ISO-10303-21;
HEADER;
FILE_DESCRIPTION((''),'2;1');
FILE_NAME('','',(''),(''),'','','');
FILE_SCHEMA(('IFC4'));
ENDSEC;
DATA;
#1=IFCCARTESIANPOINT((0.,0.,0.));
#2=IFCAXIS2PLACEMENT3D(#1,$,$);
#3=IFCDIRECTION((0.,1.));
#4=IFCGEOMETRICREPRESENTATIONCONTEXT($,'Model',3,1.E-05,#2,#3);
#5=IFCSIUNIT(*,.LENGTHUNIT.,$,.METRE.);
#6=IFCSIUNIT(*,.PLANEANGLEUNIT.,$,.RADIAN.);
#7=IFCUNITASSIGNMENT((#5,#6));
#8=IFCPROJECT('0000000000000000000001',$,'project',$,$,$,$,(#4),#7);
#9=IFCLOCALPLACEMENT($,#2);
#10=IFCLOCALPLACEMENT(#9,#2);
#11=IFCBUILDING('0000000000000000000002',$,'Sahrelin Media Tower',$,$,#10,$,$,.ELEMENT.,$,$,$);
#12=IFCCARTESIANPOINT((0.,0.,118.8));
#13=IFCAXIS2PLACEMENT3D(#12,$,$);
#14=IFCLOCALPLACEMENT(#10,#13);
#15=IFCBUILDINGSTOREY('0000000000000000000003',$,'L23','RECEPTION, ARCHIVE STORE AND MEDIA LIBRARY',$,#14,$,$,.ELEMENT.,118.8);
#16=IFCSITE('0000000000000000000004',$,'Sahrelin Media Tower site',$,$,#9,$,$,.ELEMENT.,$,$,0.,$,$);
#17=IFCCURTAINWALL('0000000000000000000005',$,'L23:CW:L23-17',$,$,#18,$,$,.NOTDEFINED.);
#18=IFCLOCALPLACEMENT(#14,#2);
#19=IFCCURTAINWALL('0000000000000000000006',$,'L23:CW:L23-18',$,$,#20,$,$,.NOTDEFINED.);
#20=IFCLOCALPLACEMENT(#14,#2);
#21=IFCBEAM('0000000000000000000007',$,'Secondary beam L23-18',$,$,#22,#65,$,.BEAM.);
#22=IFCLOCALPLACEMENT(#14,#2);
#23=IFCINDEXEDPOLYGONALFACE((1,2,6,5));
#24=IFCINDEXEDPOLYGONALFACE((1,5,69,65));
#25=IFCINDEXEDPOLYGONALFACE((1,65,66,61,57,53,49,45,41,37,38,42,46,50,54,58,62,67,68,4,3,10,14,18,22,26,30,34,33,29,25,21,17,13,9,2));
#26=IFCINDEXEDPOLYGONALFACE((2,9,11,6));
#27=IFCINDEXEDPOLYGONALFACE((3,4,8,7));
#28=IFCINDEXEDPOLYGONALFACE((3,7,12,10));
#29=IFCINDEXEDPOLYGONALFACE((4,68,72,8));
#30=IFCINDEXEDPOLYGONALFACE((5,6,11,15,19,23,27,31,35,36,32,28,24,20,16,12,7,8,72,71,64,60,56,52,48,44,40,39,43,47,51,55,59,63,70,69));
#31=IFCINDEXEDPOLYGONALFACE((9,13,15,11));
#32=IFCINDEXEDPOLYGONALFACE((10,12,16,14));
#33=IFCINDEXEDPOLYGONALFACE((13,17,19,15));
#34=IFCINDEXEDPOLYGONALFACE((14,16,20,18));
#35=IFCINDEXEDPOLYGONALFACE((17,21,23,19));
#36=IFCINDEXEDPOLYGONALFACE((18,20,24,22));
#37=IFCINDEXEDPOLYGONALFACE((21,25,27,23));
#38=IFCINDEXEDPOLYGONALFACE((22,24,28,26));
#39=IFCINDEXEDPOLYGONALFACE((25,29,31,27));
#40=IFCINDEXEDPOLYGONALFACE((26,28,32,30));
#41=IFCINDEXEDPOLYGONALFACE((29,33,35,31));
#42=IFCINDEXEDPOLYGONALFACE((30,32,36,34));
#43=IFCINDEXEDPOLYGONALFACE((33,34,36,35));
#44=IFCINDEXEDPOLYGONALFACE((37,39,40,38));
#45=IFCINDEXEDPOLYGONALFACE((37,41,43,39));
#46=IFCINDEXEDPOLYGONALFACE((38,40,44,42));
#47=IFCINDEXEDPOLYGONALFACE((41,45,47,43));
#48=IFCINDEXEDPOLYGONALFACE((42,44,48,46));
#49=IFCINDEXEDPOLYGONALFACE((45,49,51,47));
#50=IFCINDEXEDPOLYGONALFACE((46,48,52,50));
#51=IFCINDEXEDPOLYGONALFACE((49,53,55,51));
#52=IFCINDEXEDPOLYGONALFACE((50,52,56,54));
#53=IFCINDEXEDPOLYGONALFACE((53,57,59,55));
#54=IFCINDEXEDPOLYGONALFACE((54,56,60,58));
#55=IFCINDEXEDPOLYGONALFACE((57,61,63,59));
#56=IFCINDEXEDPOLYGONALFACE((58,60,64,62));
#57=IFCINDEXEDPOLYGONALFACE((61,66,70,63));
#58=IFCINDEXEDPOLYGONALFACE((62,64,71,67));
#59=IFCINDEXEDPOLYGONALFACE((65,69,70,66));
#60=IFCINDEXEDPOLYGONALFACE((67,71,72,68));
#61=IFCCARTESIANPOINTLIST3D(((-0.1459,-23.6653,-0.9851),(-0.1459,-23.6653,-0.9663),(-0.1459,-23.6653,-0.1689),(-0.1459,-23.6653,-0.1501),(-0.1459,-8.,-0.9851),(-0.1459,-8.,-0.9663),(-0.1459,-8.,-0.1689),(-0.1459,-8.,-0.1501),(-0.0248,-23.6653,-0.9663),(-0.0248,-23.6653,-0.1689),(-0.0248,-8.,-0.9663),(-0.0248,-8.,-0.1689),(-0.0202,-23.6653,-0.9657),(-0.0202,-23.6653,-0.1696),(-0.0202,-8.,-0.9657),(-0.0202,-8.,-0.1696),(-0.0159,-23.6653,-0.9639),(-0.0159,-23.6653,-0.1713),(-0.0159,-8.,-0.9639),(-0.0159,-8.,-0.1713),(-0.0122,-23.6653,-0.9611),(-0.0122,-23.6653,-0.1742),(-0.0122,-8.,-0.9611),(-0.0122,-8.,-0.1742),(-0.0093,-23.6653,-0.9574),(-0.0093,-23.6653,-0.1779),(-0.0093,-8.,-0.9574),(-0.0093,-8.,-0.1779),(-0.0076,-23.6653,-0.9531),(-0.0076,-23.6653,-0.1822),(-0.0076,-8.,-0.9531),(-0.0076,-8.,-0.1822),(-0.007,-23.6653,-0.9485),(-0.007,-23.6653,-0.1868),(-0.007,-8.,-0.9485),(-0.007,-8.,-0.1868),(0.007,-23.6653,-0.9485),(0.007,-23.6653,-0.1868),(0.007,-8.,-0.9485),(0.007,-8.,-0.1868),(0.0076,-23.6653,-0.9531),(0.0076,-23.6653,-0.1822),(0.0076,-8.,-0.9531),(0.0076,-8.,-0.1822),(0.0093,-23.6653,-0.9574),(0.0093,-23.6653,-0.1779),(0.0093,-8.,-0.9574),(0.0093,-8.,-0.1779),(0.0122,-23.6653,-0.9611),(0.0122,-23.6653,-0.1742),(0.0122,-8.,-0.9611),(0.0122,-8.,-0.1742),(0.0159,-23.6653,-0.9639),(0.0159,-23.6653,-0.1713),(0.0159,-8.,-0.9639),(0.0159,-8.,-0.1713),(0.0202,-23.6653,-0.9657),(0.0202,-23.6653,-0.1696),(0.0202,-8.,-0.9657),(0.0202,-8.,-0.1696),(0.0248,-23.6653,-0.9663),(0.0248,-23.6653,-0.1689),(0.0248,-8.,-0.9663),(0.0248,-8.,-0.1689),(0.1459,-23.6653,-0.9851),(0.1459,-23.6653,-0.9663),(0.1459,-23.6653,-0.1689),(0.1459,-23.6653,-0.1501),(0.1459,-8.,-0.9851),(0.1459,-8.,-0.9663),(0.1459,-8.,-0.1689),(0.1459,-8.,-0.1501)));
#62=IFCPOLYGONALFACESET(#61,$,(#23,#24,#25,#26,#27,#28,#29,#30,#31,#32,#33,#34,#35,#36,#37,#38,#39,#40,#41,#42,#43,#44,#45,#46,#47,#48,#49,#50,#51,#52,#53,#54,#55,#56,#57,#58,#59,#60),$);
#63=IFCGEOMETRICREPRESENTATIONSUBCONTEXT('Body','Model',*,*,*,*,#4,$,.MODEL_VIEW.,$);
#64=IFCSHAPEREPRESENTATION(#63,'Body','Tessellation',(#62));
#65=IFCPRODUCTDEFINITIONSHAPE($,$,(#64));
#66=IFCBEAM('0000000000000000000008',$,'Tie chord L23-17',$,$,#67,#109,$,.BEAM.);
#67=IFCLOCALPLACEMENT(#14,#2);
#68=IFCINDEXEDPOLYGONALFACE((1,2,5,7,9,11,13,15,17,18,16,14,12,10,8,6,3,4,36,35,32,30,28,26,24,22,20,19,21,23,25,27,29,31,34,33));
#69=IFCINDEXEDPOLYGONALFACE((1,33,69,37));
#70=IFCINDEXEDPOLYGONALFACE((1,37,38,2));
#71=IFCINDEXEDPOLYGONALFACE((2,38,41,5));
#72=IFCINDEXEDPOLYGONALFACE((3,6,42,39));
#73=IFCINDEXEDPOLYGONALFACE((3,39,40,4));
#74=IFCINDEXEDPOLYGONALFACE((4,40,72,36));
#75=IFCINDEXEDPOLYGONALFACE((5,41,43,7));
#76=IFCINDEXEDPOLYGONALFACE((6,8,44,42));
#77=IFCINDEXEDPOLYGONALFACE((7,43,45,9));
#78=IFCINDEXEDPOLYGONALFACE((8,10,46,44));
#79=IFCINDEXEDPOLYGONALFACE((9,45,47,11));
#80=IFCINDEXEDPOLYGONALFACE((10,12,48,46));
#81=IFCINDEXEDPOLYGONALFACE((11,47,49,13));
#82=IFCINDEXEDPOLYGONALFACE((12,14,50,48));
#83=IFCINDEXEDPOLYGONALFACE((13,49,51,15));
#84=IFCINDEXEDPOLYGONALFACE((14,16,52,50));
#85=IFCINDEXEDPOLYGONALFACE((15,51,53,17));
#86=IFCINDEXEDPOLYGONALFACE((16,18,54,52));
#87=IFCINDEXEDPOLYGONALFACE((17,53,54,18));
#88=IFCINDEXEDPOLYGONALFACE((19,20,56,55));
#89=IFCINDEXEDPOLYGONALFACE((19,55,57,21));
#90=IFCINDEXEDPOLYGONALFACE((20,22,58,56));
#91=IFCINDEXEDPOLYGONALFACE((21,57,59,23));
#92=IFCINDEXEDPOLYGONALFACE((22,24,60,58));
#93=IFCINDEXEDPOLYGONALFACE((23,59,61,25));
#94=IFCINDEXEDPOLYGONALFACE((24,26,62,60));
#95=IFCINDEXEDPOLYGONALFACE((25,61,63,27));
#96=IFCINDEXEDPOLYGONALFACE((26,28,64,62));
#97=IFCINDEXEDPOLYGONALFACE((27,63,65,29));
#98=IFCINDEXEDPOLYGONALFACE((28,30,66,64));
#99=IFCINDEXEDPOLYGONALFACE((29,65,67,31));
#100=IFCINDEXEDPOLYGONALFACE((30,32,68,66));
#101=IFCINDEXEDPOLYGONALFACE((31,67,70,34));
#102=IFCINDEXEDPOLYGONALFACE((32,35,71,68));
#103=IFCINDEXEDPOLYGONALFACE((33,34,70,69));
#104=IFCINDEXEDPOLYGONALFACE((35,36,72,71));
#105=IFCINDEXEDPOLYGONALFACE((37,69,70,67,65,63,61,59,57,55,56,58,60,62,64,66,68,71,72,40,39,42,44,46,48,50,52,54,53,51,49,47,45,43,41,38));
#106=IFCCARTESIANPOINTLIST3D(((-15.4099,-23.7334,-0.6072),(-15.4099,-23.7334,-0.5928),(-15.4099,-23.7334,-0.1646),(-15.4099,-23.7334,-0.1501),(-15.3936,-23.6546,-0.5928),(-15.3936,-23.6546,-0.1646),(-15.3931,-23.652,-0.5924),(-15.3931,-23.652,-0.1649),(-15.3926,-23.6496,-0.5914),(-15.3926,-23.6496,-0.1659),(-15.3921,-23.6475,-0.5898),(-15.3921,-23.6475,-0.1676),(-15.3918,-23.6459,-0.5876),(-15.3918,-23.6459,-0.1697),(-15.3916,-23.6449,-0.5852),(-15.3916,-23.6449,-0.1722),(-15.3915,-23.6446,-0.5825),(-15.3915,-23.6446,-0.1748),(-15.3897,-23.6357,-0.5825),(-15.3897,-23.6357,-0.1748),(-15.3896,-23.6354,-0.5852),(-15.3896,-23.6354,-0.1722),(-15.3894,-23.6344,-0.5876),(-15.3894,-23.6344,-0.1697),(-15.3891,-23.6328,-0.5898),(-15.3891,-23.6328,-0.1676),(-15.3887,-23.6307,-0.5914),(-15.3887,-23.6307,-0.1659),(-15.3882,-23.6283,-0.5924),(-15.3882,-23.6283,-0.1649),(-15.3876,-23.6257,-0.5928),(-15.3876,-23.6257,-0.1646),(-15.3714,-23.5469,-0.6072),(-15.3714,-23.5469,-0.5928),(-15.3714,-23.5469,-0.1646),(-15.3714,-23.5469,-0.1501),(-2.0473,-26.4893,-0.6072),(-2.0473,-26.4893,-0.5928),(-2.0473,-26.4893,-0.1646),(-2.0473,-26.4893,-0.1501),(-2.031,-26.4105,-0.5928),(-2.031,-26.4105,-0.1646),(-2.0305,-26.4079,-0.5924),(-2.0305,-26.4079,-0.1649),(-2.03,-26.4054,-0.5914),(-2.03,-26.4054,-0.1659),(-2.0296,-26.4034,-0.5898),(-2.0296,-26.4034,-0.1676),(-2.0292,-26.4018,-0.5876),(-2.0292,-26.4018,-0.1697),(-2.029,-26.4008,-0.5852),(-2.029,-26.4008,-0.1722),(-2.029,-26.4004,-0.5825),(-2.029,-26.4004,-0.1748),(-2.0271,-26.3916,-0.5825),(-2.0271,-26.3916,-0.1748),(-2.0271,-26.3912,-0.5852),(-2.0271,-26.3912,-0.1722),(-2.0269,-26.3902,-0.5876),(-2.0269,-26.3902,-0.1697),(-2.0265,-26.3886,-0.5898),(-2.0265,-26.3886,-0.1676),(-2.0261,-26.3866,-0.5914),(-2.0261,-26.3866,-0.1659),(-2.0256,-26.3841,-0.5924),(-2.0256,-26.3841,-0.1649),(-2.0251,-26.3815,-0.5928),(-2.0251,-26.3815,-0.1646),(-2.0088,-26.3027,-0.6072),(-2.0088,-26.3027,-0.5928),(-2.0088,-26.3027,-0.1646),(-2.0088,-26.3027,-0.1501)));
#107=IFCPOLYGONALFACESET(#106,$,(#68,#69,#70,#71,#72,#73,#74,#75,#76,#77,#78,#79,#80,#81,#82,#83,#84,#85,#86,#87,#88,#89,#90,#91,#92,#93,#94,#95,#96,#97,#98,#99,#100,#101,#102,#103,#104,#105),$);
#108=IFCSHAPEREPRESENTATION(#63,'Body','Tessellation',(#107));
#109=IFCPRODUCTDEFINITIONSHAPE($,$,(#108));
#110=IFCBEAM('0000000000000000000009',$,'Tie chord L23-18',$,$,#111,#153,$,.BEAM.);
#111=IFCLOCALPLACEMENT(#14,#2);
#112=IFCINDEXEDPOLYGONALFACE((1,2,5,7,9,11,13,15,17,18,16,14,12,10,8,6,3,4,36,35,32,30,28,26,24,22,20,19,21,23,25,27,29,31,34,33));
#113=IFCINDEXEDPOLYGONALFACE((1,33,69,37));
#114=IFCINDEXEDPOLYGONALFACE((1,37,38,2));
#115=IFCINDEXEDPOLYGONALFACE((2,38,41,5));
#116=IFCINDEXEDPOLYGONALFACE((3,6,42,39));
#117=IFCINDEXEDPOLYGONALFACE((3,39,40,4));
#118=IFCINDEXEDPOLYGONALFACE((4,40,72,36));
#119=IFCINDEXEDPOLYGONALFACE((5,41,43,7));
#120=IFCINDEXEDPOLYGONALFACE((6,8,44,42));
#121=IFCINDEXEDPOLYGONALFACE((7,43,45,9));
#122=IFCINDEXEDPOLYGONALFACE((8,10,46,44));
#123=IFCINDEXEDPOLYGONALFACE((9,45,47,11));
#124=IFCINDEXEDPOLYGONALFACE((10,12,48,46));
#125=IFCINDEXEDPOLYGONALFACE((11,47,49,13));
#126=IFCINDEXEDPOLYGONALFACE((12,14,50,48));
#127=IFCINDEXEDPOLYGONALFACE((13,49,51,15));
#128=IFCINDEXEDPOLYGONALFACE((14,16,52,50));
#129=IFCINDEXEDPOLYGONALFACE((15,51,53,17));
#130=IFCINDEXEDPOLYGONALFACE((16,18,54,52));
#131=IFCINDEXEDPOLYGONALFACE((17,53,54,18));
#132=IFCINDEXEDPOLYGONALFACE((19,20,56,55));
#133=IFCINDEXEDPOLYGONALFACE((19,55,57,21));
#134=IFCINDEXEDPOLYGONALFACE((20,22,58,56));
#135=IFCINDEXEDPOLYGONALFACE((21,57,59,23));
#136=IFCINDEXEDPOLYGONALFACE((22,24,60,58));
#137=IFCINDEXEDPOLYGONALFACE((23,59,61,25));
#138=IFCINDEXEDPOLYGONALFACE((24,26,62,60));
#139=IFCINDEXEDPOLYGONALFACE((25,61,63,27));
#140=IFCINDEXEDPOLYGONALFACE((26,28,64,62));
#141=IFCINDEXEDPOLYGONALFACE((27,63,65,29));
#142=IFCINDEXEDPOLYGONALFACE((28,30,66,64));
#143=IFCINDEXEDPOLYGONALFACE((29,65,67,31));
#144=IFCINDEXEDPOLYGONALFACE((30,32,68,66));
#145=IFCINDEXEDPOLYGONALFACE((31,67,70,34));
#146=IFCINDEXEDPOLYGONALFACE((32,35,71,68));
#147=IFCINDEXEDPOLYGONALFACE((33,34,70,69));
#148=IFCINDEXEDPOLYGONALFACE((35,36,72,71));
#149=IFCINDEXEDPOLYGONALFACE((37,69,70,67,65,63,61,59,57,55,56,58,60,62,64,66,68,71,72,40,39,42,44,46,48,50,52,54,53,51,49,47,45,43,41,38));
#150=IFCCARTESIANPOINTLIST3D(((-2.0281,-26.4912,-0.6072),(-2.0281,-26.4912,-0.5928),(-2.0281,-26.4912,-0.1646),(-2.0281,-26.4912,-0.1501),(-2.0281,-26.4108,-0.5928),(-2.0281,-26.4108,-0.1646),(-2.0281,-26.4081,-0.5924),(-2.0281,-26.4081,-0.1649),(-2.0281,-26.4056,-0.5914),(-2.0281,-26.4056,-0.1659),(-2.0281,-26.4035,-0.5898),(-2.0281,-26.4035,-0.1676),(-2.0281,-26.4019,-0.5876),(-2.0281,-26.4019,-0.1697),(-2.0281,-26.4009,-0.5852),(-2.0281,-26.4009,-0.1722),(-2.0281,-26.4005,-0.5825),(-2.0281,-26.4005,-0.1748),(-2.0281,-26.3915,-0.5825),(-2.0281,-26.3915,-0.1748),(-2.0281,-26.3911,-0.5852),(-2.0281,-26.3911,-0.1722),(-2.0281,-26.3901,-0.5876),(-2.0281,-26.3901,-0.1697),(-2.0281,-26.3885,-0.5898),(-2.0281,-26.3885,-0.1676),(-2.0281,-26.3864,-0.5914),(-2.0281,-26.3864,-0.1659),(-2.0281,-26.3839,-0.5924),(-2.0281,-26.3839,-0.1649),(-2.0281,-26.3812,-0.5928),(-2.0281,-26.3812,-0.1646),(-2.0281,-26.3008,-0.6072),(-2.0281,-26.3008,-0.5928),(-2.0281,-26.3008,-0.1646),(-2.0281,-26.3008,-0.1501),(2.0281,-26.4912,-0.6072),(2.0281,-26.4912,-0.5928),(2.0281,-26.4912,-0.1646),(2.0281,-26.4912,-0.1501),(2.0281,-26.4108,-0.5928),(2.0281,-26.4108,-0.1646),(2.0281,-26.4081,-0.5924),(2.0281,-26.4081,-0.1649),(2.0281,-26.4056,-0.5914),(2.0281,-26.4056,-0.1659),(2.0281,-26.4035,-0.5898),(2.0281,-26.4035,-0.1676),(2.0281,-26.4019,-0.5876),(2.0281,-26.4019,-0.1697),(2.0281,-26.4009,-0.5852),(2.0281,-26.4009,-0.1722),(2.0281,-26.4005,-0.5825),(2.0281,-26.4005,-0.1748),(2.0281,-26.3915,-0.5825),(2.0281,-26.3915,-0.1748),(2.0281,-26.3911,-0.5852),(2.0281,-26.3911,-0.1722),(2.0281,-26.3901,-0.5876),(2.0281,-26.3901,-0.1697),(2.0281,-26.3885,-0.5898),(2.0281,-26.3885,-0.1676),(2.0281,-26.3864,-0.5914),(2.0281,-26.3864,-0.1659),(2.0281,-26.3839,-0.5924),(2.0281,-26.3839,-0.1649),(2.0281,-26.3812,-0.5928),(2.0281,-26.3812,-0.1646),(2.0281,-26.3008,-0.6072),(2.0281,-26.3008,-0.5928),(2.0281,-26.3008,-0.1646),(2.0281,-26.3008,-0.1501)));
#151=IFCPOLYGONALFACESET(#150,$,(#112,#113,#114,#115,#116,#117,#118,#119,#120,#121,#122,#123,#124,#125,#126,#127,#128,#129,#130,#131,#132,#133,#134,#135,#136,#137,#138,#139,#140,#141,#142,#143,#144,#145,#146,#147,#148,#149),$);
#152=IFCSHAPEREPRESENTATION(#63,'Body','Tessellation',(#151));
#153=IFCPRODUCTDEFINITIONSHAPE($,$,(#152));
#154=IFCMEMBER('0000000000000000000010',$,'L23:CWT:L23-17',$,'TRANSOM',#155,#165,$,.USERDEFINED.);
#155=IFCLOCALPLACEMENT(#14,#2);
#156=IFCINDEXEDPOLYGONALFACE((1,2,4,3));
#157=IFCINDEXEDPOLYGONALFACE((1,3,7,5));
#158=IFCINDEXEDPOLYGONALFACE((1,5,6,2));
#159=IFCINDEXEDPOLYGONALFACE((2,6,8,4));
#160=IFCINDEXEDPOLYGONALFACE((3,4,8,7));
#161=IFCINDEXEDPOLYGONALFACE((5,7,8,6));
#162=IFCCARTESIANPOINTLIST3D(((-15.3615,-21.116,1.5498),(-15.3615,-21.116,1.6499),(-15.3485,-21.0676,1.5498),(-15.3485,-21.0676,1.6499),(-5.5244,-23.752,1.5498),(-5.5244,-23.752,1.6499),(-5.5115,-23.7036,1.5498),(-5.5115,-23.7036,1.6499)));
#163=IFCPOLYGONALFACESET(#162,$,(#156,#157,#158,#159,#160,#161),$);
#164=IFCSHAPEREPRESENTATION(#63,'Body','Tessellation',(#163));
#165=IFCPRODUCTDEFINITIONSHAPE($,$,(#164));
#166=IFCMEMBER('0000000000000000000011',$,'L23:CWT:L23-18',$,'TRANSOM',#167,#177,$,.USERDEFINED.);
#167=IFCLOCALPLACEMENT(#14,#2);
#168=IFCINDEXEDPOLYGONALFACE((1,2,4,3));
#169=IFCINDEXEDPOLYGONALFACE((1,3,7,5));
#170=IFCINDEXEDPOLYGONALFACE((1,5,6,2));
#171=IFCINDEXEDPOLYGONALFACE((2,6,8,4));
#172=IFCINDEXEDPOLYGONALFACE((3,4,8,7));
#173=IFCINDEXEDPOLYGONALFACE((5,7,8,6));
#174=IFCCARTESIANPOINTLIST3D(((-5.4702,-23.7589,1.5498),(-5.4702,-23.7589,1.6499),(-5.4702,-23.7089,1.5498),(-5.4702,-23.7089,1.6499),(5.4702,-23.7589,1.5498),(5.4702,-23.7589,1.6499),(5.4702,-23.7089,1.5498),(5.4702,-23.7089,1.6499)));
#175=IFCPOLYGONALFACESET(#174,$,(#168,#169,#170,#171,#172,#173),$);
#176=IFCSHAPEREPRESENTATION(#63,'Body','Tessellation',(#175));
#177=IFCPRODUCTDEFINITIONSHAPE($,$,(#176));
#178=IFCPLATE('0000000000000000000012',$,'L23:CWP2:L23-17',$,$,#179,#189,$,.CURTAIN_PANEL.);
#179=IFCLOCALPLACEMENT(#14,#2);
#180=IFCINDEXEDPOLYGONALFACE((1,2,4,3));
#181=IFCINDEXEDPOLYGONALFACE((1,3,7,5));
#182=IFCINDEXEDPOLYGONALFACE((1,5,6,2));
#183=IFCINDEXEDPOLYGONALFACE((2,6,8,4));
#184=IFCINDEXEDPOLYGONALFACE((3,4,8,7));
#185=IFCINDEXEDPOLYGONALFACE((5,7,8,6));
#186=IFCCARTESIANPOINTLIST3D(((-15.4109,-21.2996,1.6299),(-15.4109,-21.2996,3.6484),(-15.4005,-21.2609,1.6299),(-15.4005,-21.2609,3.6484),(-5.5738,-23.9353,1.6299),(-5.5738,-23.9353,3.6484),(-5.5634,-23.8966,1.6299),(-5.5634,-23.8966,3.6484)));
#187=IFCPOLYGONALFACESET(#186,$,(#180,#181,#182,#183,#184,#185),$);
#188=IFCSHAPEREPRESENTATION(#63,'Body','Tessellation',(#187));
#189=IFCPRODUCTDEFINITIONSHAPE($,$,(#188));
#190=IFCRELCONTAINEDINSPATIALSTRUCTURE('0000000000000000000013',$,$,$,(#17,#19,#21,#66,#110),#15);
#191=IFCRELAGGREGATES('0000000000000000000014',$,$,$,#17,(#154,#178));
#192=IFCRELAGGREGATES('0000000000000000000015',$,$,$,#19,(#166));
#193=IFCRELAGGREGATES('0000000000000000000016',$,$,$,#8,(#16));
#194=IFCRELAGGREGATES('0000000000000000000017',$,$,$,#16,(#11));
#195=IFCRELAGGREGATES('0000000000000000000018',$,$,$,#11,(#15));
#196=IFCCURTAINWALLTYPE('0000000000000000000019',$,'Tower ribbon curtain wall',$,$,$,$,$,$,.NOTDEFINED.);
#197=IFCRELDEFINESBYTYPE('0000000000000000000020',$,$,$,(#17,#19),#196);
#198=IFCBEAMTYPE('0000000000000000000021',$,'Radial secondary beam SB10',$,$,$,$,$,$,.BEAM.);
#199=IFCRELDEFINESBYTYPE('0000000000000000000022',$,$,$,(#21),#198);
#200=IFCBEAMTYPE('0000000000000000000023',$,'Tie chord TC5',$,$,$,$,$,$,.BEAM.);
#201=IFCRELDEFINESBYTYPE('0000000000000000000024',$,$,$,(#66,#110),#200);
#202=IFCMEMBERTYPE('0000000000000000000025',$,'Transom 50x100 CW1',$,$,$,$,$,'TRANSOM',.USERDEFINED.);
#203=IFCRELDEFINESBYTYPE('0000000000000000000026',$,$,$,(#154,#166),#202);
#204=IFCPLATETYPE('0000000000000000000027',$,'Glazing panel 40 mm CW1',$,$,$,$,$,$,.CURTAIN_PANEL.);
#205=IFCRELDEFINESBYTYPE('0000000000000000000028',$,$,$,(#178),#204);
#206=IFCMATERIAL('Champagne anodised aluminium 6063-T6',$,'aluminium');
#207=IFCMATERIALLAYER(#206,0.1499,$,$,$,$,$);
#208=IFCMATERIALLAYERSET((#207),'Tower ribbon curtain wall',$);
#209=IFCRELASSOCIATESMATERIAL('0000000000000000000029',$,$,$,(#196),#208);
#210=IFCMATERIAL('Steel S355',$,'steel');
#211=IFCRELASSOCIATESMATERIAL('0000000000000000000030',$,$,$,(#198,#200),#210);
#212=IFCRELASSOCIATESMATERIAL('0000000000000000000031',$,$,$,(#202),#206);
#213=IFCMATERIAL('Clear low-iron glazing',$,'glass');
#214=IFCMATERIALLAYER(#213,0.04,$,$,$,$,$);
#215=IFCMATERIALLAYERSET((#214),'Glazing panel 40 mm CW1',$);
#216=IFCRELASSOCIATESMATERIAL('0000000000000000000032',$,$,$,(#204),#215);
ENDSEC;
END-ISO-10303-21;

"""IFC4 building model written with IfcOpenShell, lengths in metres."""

from ifc_helpers import new_model, si_unit, direction, frame, origin, origin_2d, place, context, subcontext, project, spatial, polyline, rectangle, i_section, outline, extrude, material, layer, layer_set, material_profile, profile_set, type_object, element, aggregate, save


model = new_model("IFC4")

# Units and contexts
model_context = context("Model", 3, precision=1e-05, world=origin(), true_north=direction((0.0, 1.0)))
body_context = subcontext(model_context, "Body", "Model", "MODEL_VIEW")
ifc_project = project(units=[si_unit("LENGTHUNIT", "METRE"), si_unit("PLANEANGLEUNIT", "RADIAN")], contexts=[model_context])

# Site, building, storey
site_placement = place(None, origin())
site = spatial("IfcSite", under=ifc_project, at=site_placement, Name="Sahrelin Media Tower site", CompositionType="ELEMENT", RefElevation=0.0)
building_placement = place(site_placement, origin())
building = spatial("IfcBuilding", under=site, at=building_placement, Name="Sahrelin Media Tower", CompositionType="ELEMENT")
storey_placement = place(building_placement, frame((0.0, 0.0, 118.8)))
storey = spatial("IfcBuildingStorey", under=building, at=storey_placement, Name="L23", Description="RECEPTION, ARCHIVE STORE AND MEDIA LIBRARY", CompositionType="ELEMENT", Elevation=118.8)

# Shared definitions
ifc_material_1 = material(Name="Steel S355", Category="steel")

# Curtain walls
ifc_material_2 = material(Name="Champagne anodised aluminium 6063-T6", Category="aluminium")
ifc_layer_1 = layer(ifc_material_2, 0.1499)
ifc_layer_set_1 = layer_set([ifc_layer_1], Name="Tower ribbon curtain wall")
curtain_wall_type = type_object("IfcCurtainWallType", Name="Tower ribbon curtain wall", PredefinedType="NOTDEFINED", material=ifc_layer_set_1)
curtain_wall_1_placement = place(storey_placement, frame((-10.4871, -22.5981, 0.0), z_axis=(0.0, 0.0, 1.0), x_axis=(1.0, 0.0, 0.0)))
curtain_wall_1 = element("IfcCurtainWall", 1, at=curtain_wall_1_placement, inside=storey, type_object=curtain_wall_type, Name="L23:CW:L23-17", PredefinedType="NOTDEFINED")
curtain_wall_2_placement = place(storey_placement, frame((0.0, -23.929, 0.0), z_axis=(0.0, 0.0, 1.0), x_axis=(1.0, 0.0, 0.0)))
curtain_wall_2 = element("IfcCurtainWall", 2, at=curtain_wall_2_placement, inside=storey, type_object=curtain_wall_type, Name="L23:CW:L23-18", PredefinedType="NOTDEFINED")

# Beams
ifc_material_profile_1 = material_profile(ifc_material_1, i_section(OverallWidth=0.2917, OverallDepth=0.835, WebThickness=0.0139, FlangeThickness=0.0188, FilletRadius=0.0178, at=origin_2d()), Name="UB 838x292x176")
ifc_profile_set_1 = profile_set([ifc_material_profile_1], Name="Steel S355")
beam_type_1 = type_object("IfcBeamType", Name="Radial secondary beam SB10", PredefinedType="BEAM", material=ifc_profile_set_1)
beam_1_placement = place(storey_placement, frame((0.0, -8.0, -0.5676), z_axis=(0.0, -1.0, 0.0), x_axis=(1.0, 0.0, 0.0)))
element("IfcBeam", 3, at=beam_1_placement, inside=storey, type_object=beam_type_1, Name="Secondary beam L23-18", PredefinedType="BEAM", context=body_context, shape_type="SweptSolid", body=[
    extrude(i_section(OverallWidth=0.2917, OverallDepth=0.835, WebThickness=0.0139, FlangeThickness=0.0188, FilletRadius=0.0178, at=origin_2d()), origin(), (0.0, 0.0, 1.0), 15.6653),
])
ifc_material_profile_2 = material_profile(ifc_material_1, i_section(OverallWidth=0.1904, OverallDepth=0.457, WebThickness=0.009, FlangeThickness=0.0144, FilletRadius=0.0103, at=origin_2d()), Name="UB 457x191x74")
ifc_profile_set_2 = profile_set([ifc_material_profile_2], Name="Steel S355")
beam_type_2 = type_object("IfcBeamType", Name="Tie chord TC5", PredefinedType="BEAM", material=ifc_profile_set_2)
beam_2_placement = place(storey_placement, frame((-15.3906, -23.6401, -0.3787), z_axis=(0.979388, -0.201987, 0.0), x_axis=(0.201987, 0.979388, 0.0)))
element("IfcBeam", 4, at=beam_2_placement, inside=storey, type_object=beam_type_2, Name="Tie chord L23-17", PredefinedType="BEAM", context=body_context, shape_type="SweptSolid", body=[
    extrude(i_section(OverallWidth=0.1904, OverallDepth=0.457, WebThickness=0.009, FlangeThickness=0.0144, FilletRadius=0.0103, at=origin_2d()), origin(), (0.0, 0.0, 1.0), 13.6438),
])
beam_3_placement = place(storey_placement, frame((-2.0281, -26.396, -0.3787), z_axis=(1.0, 0.0, 0.0), x_axis=(0.0, 1.0, 0.0)))
element("IfcBeam", 5, at=beam_3_placement, inside=storey, type_object=beam_type_2, Name="Tie chord L23-18", PredefinedType="BEAM", context=body_context, shape_type="SweptSolid", body=[
    extrude(i_section(OverallWidth=0.1904, OverallDepth=0.457, WebThickness=0.009, FlangeThickness=0.0144, FilletRadius=0.0103, at=origin_2d()), origin(), (0.0, 0.0, 1.0), 4.0562),
])

# Members
ifc_material_profile_3 = material_profile(ifc_material_2, rectangle(XDim=0.05, YDim=0.1001, at=origin_2d()), Name="Transom 50x100")
ifc_profile_set_3 = profile_set([ifc_material_profile_3], Name="Champagne anodised aluminium 6063-T6")
member_type_1 = type_object("IfcMemberType", Name="Transom 50x100 CW1", ElementType="TRANSOM", PredefinedType="USERDEFINED", material=ifc_profile_set_3)
member_1_placement = place(storey_placement, frame((-15.355, -21.0918, 1.5999), z_axis=(0.965921, -0.258837, 0.0), x_axis=(0.258837, 0.965921, 0.0)))
member_1 = element("IfcMember", 6, at=member_1_placement, type_object=member_type_1, Name="L23:CWT:L23-17", ObjectType="TRANSOM", PredefinedType="USERDEFINED", context=body_context, shape_type="SweptSolid", body=[
    extrude(rectangle(XDim=0.05, YDim=0.1001, at=origin_2d()), origin(), (0.0, 0.0, 1.0), 10.1841),
])
member_2_placement = place(storey_placement, frame((-5.4702, -23.7339, 1.5999), z_axis=(1.0, 0.0, 0.0), x_axis=(0.0, 1.0, 0.0)))
member_2 = element("IfcMember", 7, at=member_2_placement, type_object=member_type_1, Name="L23:CWT:L23-18", ObjectType="TRANSOM", PredefinedType="USERDEFINED", context=body_context, shape_type="SweptSolid", body=[
    extrude(rectangle(XDim=0.05, YDim=0.1001, at=origin_2d()), origin(), (0.0, 0.0, 1.0), 10.9404),
])

# Plate
ifc_material_3 = material(Name="Clear low-iron glazing", Category="glass")
ifc_layer_2 = layer(ifc_material_3, 0.04)
ifc_layer_set_2 = layer_set([ifc_layer_2], Name="Glazing panel 40 mm CW1")
plate_type_1 = type_object("IfcPlateType", Name="Glazing panel 40 mm CW1", PredefinedType="CURTAIN_PANEL", material=ifc_layer_set_2)
plate_1_placement = place(storey_placement, frame((-15.4109, -21.2996, 1.6299), z_axis=(-0.258808, -0.965929, 0.0), x_axis=(0.965929, -0.258808, 0.0)))
plate_1 = element("IfcPlate", 8, at=plate_1_placement, type_object=plate_type_1, Name="L23:CWP2:L23-17", PredefinedType="CURTAIN_PANEL", context=body_context, shape_type="SweptSolid", body=[
    extrude(outline(polyline([(0.0, 0.0), (10.1841, 0.0), (10.1841, 2.0186), (0.0, 2.0186), (0.0, 0.0)])), origin(), (0.0, 0.0, -1.0), 0.04),
])
aggregate(curtain_wall_1, [member_1, plate_1])
aggregate(curtain_wall_2, [member_2])

save(model, "model.ifc")
